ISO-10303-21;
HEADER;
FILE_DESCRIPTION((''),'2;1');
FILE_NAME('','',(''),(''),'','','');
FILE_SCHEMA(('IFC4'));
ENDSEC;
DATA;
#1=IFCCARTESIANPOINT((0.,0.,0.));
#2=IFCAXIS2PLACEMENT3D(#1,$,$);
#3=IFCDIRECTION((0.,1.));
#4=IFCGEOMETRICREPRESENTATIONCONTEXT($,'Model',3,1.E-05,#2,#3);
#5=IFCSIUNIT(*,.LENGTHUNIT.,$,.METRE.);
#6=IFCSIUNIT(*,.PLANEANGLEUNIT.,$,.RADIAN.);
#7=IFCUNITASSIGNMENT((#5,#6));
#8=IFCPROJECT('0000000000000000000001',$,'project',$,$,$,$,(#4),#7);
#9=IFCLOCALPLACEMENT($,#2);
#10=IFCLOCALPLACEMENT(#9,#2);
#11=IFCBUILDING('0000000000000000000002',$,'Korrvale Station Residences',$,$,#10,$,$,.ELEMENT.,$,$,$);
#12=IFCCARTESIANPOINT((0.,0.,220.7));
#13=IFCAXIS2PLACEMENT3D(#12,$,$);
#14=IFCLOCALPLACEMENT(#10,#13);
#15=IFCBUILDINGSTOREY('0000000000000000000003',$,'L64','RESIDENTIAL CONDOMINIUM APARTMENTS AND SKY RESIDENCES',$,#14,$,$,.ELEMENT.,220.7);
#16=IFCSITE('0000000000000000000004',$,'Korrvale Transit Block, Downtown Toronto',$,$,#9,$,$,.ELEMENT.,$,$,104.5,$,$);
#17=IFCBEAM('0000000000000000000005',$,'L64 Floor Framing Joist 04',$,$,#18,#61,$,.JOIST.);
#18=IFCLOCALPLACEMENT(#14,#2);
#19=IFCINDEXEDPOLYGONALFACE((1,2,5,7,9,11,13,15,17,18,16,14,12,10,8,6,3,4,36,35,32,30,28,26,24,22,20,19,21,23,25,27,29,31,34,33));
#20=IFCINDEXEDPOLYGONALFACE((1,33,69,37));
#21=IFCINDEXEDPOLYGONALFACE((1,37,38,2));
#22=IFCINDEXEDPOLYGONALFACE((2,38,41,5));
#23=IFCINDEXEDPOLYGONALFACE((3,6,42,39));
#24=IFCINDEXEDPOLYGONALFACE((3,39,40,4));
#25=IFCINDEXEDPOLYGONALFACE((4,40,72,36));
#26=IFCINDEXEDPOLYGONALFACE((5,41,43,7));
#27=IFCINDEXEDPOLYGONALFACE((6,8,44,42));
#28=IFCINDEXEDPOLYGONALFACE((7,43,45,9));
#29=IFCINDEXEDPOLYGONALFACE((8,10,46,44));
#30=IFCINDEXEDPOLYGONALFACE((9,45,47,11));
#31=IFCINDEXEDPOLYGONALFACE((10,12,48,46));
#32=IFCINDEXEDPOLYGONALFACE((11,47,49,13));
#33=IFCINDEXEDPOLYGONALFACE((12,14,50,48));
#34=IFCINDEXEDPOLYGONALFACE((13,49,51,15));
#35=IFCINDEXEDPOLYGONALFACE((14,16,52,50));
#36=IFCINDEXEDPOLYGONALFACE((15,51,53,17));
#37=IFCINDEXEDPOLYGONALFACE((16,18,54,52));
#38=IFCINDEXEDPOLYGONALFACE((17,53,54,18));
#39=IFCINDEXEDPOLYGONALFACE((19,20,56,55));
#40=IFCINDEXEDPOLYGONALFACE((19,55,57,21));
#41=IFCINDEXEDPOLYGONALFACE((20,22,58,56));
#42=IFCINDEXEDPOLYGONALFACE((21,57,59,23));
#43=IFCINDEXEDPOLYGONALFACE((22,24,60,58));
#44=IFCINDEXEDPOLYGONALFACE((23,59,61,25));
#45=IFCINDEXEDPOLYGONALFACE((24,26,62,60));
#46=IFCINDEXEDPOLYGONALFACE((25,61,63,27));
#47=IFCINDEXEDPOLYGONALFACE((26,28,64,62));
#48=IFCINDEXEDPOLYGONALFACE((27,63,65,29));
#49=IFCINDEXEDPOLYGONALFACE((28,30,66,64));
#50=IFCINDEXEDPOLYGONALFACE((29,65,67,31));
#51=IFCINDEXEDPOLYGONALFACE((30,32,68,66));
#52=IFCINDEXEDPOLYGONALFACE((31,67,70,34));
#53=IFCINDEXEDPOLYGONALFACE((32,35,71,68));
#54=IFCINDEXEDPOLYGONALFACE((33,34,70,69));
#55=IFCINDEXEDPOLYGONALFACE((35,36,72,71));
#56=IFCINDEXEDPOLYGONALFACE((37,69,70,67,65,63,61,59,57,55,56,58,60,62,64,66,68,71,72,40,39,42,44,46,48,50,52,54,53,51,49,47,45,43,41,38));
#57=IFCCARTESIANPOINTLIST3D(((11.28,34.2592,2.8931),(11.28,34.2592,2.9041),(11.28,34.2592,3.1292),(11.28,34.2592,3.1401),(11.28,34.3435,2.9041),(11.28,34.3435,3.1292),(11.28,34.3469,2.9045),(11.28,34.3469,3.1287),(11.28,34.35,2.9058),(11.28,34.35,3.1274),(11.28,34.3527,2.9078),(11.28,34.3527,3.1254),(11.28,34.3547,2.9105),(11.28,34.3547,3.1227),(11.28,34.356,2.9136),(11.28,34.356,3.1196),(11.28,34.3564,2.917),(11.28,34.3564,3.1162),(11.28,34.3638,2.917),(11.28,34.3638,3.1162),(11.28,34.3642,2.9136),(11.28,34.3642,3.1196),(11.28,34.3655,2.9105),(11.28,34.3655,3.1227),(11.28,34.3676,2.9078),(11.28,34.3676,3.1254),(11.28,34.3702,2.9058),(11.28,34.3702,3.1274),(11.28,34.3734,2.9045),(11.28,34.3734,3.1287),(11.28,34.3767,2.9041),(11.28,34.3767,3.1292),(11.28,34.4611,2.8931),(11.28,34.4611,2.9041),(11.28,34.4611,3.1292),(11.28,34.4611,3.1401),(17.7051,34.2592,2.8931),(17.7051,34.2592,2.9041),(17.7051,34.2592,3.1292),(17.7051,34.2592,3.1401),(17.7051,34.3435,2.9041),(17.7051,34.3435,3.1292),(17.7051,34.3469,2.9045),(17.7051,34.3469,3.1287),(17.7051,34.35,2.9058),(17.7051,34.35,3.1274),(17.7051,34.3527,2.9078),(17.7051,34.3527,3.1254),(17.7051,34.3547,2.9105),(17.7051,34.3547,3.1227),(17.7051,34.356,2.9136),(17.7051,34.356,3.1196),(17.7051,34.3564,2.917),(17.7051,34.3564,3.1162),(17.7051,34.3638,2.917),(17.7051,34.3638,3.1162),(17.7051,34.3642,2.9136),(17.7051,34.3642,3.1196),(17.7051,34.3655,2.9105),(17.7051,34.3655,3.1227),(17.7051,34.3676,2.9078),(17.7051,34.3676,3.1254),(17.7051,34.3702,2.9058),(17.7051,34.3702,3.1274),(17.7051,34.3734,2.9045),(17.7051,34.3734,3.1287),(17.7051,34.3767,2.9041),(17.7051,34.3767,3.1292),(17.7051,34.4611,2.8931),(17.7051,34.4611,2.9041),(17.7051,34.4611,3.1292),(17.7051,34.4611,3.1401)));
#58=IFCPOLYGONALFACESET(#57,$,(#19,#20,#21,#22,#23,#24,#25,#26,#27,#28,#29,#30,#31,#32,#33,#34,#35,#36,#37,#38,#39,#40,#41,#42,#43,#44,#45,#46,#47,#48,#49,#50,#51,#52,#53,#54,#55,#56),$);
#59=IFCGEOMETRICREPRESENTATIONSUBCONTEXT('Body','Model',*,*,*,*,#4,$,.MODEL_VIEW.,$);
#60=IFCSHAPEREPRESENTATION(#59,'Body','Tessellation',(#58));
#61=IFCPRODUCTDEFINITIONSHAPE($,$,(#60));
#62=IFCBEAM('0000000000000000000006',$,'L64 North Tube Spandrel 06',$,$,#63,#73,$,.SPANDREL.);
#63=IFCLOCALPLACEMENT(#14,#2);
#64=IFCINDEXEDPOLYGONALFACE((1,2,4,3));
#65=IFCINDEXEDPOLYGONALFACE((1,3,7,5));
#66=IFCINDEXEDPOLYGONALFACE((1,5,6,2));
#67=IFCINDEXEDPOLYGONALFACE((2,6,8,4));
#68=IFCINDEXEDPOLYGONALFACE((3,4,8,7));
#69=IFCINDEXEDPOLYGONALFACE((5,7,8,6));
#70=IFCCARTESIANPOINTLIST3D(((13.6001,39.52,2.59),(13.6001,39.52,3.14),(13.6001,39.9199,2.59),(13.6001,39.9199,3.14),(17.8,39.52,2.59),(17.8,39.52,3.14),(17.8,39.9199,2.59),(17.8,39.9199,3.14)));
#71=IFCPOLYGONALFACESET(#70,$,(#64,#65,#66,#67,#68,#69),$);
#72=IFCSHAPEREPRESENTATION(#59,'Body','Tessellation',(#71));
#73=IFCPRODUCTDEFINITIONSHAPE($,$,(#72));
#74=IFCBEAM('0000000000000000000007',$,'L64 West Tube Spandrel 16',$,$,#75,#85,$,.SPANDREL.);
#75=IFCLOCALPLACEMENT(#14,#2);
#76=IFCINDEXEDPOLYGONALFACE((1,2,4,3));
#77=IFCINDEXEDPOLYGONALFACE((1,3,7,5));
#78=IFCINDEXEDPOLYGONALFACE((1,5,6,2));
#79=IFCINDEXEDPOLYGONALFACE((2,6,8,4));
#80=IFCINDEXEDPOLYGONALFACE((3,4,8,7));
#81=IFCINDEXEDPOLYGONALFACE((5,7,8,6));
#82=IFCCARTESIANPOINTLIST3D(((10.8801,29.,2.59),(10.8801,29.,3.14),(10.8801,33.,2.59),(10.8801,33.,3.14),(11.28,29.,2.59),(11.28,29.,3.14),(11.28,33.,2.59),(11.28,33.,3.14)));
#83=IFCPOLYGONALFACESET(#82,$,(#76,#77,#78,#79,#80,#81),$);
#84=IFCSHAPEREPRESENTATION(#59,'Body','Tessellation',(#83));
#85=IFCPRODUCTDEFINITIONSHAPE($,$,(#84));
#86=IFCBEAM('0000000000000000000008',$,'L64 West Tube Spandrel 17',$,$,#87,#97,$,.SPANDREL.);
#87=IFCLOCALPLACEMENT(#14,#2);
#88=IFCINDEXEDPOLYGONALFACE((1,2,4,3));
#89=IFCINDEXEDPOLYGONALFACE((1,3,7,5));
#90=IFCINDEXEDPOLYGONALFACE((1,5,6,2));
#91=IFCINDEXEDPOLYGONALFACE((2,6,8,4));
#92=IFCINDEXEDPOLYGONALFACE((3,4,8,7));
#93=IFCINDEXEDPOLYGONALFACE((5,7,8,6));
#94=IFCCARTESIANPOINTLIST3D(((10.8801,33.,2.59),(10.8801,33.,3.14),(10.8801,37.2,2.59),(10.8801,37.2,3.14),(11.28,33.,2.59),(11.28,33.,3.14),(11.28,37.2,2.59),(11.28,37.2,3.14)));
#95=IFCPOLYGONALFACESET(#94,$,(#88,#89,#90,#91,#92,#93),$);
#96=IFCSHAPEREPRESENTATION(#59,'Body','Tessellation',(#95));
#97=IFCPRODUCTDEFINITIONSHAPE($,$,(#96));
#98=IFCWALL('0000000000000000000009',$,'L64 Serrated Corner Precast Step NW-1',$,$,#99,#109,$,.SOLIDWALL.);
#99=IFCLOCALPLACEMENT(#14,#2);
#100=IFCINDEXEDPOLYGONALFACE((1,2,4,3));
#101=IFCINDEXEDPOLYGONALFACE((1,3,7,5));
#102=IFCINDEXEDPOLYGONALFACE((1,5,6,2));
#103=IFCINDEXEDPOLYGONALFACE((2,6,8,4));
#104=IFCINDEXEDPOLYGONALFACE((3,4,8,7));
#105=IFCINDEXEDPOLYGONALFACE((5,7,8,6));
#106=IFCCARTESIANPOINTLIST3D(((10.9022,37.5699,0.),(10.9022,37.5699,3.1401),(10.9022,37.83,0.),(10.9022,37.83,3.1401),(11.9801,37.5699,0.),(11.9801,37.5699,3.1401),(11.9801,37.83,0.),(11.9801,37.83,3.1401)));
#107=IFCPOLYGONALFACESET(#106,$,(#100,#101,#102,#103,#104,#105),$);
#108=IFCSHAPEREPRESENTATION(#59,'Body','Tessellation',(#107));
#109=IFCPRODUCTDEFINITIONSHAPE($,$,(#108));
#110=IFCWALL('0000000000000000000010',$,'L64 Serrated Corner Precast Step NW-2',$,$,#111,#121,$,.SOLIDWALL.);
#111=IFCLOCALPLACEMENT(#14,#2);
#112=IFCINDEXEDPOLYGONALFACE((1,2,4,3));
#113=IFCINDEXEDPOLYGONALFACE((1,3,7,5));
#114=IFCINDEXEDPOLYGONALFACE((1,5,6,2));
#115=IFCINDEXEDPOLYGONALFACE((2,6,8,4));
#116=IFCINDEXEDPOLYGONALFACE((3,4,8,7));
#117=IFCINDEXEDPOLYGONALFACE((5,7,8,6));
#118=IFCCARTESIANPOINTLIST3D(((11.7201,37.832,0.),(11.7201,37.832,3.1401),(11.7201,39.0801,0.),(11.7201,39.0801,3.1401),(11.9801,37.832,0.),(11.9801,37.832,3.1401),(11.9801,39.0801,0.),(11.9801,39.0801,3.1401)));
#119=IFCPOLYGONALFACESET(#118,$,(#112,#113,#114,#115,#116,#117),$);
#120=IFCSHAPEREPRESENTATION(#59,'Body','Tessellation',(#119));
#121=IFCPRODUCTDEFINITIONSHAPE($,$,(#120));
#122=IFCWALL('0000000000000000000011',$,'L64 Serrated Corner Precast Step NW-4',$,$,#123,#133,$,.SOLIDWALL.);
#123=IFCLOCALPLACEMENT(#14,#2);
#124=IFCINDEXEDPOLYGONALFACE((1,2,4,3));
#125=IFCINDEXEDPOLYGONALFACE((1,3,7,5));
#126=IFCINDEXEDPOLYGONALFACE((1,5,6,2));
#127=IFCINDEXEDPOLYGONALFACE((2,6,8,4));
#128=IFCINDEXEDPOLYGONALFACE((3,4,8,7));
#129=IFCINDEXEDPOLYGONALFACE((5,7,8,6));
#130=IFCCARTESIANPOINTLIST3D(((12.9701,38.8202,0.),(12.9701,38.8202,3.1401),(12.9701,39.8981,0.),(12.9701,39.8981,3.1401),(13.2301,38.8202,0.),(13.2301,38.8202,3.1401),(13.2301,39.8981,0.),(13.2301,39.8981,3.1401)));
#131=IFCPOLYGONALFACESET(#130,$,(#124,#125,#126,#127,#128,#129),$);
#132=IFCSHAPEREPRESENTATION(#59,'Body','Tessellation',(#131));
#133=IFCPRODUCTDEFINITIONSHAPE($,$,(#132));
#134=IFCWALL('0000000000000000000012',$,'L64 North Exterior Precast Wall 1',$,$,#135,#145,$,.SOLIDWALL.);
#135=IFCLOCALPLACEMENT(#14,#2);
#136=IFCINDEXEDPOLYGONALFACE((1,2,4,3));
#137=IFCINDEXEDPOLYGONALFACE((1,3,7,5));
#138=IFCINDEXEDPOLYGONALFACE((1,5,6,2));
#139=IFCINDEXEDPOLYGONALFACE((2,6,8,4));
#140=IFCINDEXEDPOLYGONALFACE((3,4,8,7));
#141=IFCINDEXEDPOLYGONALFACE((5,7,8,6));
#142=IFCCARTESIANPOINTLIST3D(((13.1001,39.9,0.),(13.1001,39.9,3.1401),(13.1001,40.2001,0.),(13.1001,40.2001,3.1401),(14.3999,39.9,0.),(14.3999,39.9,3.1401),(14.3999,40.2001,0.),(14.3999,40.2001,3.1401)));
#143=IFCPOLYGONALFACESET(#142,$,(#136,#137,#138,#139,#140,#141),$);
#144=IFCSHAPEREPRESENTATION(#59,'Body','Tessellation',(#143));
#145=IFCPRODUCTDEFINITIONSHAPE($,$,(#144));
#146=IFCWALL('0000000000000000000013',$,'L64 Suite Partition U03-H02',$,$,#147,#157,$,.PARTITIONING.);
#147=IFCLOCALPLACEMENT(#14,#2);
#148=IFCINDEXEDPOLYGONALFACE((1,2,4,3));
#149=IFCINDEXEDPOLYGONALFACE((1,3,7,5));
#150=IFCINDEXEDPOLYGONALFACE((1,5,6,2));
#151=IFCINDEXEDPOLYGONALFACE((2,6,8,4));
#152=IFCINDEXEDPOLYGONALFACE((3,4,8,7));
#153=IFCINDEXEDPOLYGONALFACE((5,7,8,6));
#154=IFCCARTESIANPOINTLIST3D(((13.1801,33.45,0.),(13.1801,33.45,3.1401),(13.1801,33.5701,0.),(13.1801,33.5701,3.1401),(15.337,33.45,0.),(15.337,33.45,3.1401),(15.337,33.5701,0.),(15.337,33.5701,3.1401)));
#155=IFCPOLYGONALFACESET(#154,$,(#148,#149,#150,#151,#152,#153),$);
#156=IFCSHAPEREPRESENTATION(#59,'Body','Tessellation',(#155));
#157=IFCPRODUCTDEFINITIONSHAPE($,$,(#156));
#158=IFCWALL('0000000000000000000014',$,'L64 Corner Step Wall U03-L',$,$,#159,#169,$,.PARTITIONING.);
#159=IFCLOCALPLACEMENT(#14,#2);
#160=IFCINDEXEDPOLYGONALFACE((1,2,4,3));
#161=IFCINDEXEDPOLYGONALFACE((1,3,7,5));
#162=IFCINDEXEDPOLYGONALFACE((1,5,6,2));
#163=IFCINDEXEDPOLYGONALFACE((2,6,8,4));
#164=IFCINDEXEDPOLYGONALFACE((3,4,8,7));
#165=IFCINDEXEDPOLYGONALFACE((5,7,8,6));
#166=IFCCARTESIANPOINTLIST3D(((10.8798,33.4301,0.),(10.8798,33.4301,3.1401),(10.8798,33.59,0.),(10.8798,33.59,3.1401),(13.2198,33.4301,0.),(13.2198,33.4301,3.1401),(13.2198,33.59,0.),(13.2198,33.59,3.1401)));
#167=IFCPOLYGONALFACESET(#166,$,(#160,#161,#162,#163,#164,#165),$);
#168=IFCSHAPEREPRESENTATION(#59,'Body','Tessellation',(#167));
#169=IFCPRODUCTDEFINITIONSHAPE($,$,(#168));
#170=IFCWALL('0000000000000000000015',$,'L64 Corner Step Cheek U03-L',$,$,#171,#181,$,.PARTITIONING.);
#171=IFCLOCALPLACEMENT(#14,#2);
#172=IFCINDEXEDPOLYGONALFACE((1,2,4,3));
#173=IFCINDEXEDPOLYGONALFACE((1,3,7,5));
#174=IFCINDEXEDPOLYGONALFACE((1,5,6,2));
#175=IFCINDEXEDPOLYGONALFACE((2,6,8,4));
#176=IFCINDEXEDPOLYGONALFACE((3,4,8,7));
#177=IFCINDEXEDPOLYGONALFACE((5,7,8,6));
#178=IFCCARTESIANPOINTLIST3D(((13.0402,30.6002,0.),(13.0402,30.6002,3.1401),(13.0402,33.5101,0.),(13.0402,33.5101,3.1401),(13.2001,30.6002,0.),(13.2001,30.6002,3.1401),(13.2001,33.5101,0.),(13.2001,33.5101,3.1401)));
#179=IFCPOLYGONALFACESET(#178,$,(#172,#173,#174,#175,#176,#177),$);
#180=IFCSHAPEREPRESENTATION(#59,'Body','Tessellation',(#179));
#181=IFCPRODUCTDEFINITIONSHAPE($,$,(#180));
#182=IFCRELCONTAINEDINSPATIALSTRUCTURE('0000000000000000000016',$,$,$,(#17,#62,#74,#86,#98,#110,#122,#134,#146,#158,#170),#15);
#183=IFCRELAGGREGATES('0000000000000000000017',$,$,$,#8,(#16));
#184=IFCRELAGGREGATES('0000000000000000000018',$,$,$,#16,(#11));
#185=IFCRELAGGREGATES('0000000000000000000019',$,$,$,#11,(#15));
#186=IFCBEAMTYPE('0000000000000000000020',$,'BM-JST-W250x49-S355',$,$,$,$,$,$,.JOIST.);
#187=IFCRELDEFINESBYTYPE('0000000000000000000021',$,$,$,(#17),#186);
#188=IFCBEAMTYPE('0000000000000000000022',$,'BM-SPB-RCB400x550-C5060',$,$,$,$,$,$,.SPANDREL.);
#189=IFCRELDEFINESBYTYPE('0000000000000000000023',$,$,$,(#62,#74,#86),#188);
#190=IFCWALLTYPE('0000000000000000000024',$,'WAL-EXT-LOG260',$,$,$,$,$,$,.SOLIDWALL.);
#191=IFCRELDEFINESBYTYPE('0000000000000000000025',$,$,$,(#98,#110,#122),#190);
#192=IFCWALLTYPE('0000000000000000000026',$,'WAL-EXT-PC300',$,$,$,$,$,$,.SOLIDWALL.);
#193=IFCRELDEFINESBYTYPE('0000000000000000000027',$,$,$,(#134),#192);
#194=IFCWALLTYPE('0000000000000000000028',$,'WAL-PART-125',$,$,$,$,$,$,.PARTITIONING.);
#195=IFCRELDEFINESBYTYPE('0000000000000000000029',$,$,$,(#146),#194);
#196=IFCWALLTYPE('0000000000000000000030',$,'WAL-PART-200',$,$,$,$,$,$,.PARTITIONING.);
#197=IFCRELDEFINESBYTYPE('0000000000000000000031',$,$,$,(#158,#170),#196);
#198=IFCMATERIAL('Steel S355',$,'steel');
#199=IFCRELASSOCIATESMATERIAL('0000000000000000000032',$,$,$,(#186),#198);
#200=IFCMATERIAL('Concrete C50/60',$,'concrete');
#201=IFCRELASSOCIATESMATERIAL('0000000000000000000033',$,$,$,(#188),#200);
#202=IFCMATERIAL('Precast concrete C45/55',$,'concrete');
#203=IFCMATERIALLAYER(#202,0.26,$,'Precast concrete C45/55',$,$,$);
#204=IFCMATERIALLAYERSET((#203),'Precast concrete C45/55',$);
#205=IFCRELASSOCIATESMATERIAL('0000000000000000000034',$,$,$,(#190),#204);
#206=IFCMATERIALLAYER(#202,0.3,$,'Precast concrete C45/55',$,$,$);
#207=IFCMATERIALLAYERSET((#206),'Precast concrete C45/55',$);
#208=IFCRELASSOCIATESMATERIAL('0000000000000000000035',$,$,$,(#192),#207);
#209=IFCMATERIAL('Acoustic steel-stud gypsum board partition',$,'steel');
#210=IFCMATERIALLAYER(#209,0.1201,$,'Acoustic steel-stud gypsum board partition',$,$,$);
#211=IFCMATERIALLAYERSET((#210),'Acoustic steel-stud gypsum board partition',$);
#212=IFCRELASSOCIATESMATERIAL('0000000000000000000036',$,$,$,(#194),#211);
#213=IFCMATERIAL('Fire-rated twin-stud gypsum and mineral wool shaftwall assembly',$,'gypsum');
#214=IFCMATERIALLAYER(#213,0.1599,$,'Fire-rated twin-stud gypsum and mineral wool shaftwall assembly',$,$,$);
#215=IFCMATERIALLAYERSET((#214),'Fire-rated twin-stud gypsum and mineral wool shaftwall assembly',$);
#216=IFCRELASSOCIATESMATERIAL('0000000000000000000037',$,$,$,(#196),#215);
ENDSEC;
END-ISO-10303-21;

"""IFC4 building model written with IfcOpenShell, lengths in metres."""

from ifc_helpers import new_model, si_unit, direction, frame, frame_2d, origin, origin_2d, place, context, subcontext, project, spatial, rectangle, i_section, extrude, material, layer, layer_set, material_profile, profile_set, type_object, element, save


model = new_model("IFC4")

# Units and contexts
model_context = context("Model", 3, precision=1e-05, world=origin(), true_north=direction((0.0, 1.0)))
body_context = subcontext(model_context, "Body", "Model", "MODEL_VIEW")
ifc_project = project(units=[si_unit("LENGTHUNIT", "METRE"), si_unit("PLANEANGLEUNIT", "RADIAN")], contexts=[model_context])

# Site, building, storey
site_placement = place(None, origin())
site = spatial("IfcSite", under=ifc_project, at=site_placement, Name="Korrvale Transit Block, Downtown Toronto", CompositionType="ELEMENT", RefElevation=104.5)
building_placement = place(site_placement, origin())
building = spatial("IfcBuilding", under=site, at=building_placement, Name="Korrvale Station Residences", CompositionType="ELEMENT")
storey_placement = place(building_placement, frame((0.0, 0.0, 220.7)))
storey = spatial("IfcBuildingStorey", under=building, at=storey_placement, Name="L64", Description="RESIDENTIAL CONDOMINIUM APARTMENTS AND SKY RESIDENCES", CompositionType="ELEMENT", Elevation=220.7)

# Shared definitions
ifc_material_1 = material(Name="Concrete C50/60", Category="concrete")

# Beams
ifc_material_2 = material(Name="Steel S355", Category="steel")
ifc_material_profile_1 = material_profile(ifc_material_2, i_section(OverallWidth=0.2019, OverallDepth=0.2471, WebThickness=0.0073, FlangeThickness=0.011, FilletRadius=0.0129, at=origin_2d()), Name="W250x49")
ifc_profile_set_1 = profile_set([ifc_material_profile_1], Name="Steel S355")
beam_type_1 = type_object("IfcBeamType", Name="BM-JST-W250x49-S355", PredefinedType="JOIST", material=ifc_profile_set_1)
beam_1_placement = place(storey_placement, frame((11.28, 34.3601, 3.0166), z_axis=(1.0, 0.0, 0.0), x_axis=(0.0, 1.0, 0.0)))
element("IfcBeam", 1, at=beam_1_placement, inside=storey, type_object=beam_type_1, Name="L64 Floor Framing Joist 04", PredefinedType="JOIST", context=body_context, shape_type="SweptSolid", body=[
    extrude(i_section(OverallWidth=0.2019, OverallDepth=0.2471, WebThickness=0.0073, FlangeThickness=0.011, FilletRadius=0.0129, at=origin_2d()), origin(), (0.0, 0.0, 1.0), 6.425),
])
ifc_material_profile_2 = material_profile(ifc_material_1, rectangle(XDim=0.3999, YDim=0.55, at=origin_2d()), Name="RCB400x550")
ifc_profile_set_2 = profile_set([ifc_material_profile_2], Name="Concrete C50/60")
beam_type_2 = type_object("IfcBeamType", Name="BM-SPB-RCB400x550-C5060", PredefinedType="SPANDREL", material=ifc_profile_set_2)
beam_2_placement = place(storey_placement, frame((13.6001, 39.72, 2.865), z_axis=(1.0, 0.0, 0.0), x_axis=(0.0, 1.0, 0.0)))
element("IfcBeam", 2, at=beam_2_placement, inside=storey, type_object=beam_type_2, Name="L64 North Tube Spandrel 06", PredefinedType="SPANDREL", context=body_context, shape_type="SweptSolid", body=[
    extrude(rectangle(XDim=0.3999, YDim=0.55, at=origin_2d()), origin(), (0.0, 0.0, 1.0), 4.2),
])
beam_3_placement = place(storey_placement, frame((11.0801, 29.0, 2.865), z_axis=(0.0, 1.0, 0.0), x_axis=(-1.0, 0.0, 0.0)))
element("IfcBeam", 3, at=beam_3_placement, inside=storey, type_object=beam_type_2, Name="L64 West Tube Spandrel 16", PredefinedType="SPANDREL", context=body_context, shape_type="SweptSolid", body=[
    extrude(rectangle(XDim=0.3999, YDim=0.55, at=origin_2d()), origin(), (0.0, 0.0, 1.0), 4.0),
])
beam_4_placement = place(storey_placement, frame((11.0801, 33.0, 2.865), z_axis=(0.0, 1.0, 0.0), x_axis=(-1.0, 0.0, 0.0)))
element("IfcBeam", 4, at=beam_4_placement, inside=storey, type_object=beam_type_2, Name="L64 West Tube Spandrel 17", PredefinedType="SPANDREL", context=body_context, shape_type="SweptSolid", body=[
    extrude(rectangle(XDim=0.3999, YDim=0.55, at=origin_2d()), origin(), (0.0, 0.0, 1.0), 4.2),
])

# Walls
ifc_material_3 = material(Name="Precast concrete C45/55", Category="concrete")
ifc_layer_1 = layer(ifc_material_3, 0.26, Name="Precast concrete C45/55")
ifc_layer_set_1 = layer_set([ifc_layer_1], Name="Precast concrete C45/55")
wall_type_1 = type_object("IfcWallType", Name="WAL-EXT-LOG260", PredefinedType="SOLIDWALL", material=ifc_layer_set_1)
wall_1_placement = place(storey_placement, frame((10.9021, 37.7, 0.0), z_axis=(0.0, 0.0, 1.0), x_axis=(1.0, 0.0, 0.0)))
element("IfcWall", 5, at=wall_1_placement, inside=storey, type_object=wall_type_1, Name="L64 Serrated Corner Precast Step NW-1", PredefinedType="SOLIDWALL", context=body_context, shape_type="SweptSolid", body=[
    extrude(rectangle(XDim=1.0779, YDim=0.26, at=frame_2d((0.5391, 0.0))), origin(), (0.0, 0.0, 1.0), 3.1401),
])
wall_2_placement = place(storey_placement, frame((11.8501, 37.832, 0.0), z_axis=(0.0, 0.0, 1.0), x_axis=(0.0, 1.0, 0.0)))
element("IfcWall", 6, at=wall_2_placement, inside=storey, type_object=wall_type_1, Name="L64 Serrated Corner Precast Step NW-2", PredefinedType="SOLIDWALL", context=body_context, shape_type="SweptSolid", body=[
    extrude(rectangle(XDim=1.248, YDim=0.26, at=frame_2d((0.624, 0.0))), origin(), (0.0, 0.0, 1.0), 3.1401),
])
wall_3_placement = place(storey_placement, frame((13.1001, 38.8201, 0.0), z_axis=(0.0, 0.0, 1.0), x_axis=(0.0, 1.0, 0.0)))
element("IfcWall", 7, at=wall_3_placement, inside=storey, type_object=wall_type_1, Name="L64 Serrated Corner Precast Step NW-4", PredefinedType="SOLIDWALL", context=body_context, shape_type="SweptSolid", body=[
    extrude(rectangle(XDim=1.0779, YDim=0.26, at=frame_2d((0.5391, 0.0))), origin(), (0.0, 0.0, 1.0), 3.1401),
])
ifc_layer_2 = layer(ifc_material_3, 0.3, Name="Precast concrete C45/55")
ifc_layer_set_2 = layer_set([ifc_layer_2], Name="Precast concrete C45/55")
wall_type_2 = type_object("IfcWallType", Name="WAL-EXT-PC300", PredefinedType="SOLIDWALL", material=ifc_layer_set_2)
wall_4_placement = place(storey_placement, frame((13.1001, 40.05, 0.0), z_axis=(0.0, 0.0, 1.0), x_axis=(1.0, 0.0, 0.0)))
element("IfcWall", 8, at=wall_4_placement, inside=storey, type_object=wall_type_2, Name="L64 North Exterior Precast Wall 1", PredefinedType="SOLIDWALL", context=body_context, shape_type="SweptSolid", body=[
    extrude(rectangle(XDim=1.2998, YDim=0.3, at=frame_2d((0.6499, 0.0))), origin(), (0.0, 0.0, 1.0), 3.1401),
])
ifc_material_4 = material(Name="Acoustic steel-stud gypsum board partition", Category="steel")
ifc_layer_3 = layer(ifc_material_4, 0.1201, Name="Acoustic steel-stud gypsum board partition")
ifc_layer_set_3 = layer_set([ifc_layer_3], Name="Acoustic steel-stud gypsum board partition")
wall_type_3 = type_object("IfcWallType", Name="WAL-PART-125", PredefinedType="PARTITIONING", material=ifc_layer_set_3)
wall_5_placement = place(storey_placement, frame((13.1799, 33.51, 0.0), z_axis=(0.0, 0.0, 1.0), x_axis=(1.0, 0.0, 0.0)))
element("IfcWall", 9, at=wall_5_placement, inside=storey, type_object=wall_type_3, Name="L64 Suite Partition U03-H02", PredefinedType="PARTITIONING", context=body_context, shape_type="SweptSolid", body=[
    extrude(rectangle(XDim=2.157, YDim=0.1201, at=frame_2d((1.0786, 0.0))), origin(), (0.0, 0.0, 1.0), 3.1401),
])
ifc_material_5 = material(Name="Fire-rated twin-stud gypsum and mineral wool shaftwall assembly", Category="gypsum")
ifc_layer_4 = layer(ifc_material_5, 0.1599, Name="Fire-rated twin-stud gypsum and mineral wool shaftwall assembly")
ifc_layer_set_4 = layer_set([ifc_layer_4], Name="Fire-rated twin-stud gypsum and mineral wool shaftwall assembly")
wall_type_4 = type_object("IfcWallType", Name="WAL-PART-200", PredefinedType="PARTITIONING", material=ifc_layer_set_4)
wall_6_placement = place(storey_placement, frame((10.8799, 33.51, 0.0), z_axis=(0.0, 0.0, 1.0), x_axis=(1.0, 0.0, 0.0)))
element("IfcWall", 10, at=wall_6_placement, inside=storey, type_object=wall_type_4, Name="L64 Corner Step Wall U03-L", PredefinedType="PARTITIONING", context=body_context, shape_type="SweptSolid", body=[
    extrude(rectangle(XDim=2.3401, YDim=0.1599, at=frame_2d((1.1699, 0.0))), origin(), (0.0, 0.0, 1.0), 3.1401),
])
wall_7_placement = place(storey_placement, frame((13.1201, 30.6001, 0.0), z_axis=(0.0, 0.0, 1.0), x_axis=(0.0, 1.0, 0.0)))
element("IfcWall", 11, at=wall_7_placement, inside=storey, type_object=wall_type_4, Name="L64 Corner Step Cheek U03-L", PredefinedType="PARTITIONING", context=body_context, shape_type="SweptSolid", body=[
    extrude(rectangle(XDim=2.9099, YDim=0.1599, at=frame_2d((1.4551, 0.0))), origin(), (0.0, 0.0, 1.0), 3.1401),
])

save(model, "model.ifc")
